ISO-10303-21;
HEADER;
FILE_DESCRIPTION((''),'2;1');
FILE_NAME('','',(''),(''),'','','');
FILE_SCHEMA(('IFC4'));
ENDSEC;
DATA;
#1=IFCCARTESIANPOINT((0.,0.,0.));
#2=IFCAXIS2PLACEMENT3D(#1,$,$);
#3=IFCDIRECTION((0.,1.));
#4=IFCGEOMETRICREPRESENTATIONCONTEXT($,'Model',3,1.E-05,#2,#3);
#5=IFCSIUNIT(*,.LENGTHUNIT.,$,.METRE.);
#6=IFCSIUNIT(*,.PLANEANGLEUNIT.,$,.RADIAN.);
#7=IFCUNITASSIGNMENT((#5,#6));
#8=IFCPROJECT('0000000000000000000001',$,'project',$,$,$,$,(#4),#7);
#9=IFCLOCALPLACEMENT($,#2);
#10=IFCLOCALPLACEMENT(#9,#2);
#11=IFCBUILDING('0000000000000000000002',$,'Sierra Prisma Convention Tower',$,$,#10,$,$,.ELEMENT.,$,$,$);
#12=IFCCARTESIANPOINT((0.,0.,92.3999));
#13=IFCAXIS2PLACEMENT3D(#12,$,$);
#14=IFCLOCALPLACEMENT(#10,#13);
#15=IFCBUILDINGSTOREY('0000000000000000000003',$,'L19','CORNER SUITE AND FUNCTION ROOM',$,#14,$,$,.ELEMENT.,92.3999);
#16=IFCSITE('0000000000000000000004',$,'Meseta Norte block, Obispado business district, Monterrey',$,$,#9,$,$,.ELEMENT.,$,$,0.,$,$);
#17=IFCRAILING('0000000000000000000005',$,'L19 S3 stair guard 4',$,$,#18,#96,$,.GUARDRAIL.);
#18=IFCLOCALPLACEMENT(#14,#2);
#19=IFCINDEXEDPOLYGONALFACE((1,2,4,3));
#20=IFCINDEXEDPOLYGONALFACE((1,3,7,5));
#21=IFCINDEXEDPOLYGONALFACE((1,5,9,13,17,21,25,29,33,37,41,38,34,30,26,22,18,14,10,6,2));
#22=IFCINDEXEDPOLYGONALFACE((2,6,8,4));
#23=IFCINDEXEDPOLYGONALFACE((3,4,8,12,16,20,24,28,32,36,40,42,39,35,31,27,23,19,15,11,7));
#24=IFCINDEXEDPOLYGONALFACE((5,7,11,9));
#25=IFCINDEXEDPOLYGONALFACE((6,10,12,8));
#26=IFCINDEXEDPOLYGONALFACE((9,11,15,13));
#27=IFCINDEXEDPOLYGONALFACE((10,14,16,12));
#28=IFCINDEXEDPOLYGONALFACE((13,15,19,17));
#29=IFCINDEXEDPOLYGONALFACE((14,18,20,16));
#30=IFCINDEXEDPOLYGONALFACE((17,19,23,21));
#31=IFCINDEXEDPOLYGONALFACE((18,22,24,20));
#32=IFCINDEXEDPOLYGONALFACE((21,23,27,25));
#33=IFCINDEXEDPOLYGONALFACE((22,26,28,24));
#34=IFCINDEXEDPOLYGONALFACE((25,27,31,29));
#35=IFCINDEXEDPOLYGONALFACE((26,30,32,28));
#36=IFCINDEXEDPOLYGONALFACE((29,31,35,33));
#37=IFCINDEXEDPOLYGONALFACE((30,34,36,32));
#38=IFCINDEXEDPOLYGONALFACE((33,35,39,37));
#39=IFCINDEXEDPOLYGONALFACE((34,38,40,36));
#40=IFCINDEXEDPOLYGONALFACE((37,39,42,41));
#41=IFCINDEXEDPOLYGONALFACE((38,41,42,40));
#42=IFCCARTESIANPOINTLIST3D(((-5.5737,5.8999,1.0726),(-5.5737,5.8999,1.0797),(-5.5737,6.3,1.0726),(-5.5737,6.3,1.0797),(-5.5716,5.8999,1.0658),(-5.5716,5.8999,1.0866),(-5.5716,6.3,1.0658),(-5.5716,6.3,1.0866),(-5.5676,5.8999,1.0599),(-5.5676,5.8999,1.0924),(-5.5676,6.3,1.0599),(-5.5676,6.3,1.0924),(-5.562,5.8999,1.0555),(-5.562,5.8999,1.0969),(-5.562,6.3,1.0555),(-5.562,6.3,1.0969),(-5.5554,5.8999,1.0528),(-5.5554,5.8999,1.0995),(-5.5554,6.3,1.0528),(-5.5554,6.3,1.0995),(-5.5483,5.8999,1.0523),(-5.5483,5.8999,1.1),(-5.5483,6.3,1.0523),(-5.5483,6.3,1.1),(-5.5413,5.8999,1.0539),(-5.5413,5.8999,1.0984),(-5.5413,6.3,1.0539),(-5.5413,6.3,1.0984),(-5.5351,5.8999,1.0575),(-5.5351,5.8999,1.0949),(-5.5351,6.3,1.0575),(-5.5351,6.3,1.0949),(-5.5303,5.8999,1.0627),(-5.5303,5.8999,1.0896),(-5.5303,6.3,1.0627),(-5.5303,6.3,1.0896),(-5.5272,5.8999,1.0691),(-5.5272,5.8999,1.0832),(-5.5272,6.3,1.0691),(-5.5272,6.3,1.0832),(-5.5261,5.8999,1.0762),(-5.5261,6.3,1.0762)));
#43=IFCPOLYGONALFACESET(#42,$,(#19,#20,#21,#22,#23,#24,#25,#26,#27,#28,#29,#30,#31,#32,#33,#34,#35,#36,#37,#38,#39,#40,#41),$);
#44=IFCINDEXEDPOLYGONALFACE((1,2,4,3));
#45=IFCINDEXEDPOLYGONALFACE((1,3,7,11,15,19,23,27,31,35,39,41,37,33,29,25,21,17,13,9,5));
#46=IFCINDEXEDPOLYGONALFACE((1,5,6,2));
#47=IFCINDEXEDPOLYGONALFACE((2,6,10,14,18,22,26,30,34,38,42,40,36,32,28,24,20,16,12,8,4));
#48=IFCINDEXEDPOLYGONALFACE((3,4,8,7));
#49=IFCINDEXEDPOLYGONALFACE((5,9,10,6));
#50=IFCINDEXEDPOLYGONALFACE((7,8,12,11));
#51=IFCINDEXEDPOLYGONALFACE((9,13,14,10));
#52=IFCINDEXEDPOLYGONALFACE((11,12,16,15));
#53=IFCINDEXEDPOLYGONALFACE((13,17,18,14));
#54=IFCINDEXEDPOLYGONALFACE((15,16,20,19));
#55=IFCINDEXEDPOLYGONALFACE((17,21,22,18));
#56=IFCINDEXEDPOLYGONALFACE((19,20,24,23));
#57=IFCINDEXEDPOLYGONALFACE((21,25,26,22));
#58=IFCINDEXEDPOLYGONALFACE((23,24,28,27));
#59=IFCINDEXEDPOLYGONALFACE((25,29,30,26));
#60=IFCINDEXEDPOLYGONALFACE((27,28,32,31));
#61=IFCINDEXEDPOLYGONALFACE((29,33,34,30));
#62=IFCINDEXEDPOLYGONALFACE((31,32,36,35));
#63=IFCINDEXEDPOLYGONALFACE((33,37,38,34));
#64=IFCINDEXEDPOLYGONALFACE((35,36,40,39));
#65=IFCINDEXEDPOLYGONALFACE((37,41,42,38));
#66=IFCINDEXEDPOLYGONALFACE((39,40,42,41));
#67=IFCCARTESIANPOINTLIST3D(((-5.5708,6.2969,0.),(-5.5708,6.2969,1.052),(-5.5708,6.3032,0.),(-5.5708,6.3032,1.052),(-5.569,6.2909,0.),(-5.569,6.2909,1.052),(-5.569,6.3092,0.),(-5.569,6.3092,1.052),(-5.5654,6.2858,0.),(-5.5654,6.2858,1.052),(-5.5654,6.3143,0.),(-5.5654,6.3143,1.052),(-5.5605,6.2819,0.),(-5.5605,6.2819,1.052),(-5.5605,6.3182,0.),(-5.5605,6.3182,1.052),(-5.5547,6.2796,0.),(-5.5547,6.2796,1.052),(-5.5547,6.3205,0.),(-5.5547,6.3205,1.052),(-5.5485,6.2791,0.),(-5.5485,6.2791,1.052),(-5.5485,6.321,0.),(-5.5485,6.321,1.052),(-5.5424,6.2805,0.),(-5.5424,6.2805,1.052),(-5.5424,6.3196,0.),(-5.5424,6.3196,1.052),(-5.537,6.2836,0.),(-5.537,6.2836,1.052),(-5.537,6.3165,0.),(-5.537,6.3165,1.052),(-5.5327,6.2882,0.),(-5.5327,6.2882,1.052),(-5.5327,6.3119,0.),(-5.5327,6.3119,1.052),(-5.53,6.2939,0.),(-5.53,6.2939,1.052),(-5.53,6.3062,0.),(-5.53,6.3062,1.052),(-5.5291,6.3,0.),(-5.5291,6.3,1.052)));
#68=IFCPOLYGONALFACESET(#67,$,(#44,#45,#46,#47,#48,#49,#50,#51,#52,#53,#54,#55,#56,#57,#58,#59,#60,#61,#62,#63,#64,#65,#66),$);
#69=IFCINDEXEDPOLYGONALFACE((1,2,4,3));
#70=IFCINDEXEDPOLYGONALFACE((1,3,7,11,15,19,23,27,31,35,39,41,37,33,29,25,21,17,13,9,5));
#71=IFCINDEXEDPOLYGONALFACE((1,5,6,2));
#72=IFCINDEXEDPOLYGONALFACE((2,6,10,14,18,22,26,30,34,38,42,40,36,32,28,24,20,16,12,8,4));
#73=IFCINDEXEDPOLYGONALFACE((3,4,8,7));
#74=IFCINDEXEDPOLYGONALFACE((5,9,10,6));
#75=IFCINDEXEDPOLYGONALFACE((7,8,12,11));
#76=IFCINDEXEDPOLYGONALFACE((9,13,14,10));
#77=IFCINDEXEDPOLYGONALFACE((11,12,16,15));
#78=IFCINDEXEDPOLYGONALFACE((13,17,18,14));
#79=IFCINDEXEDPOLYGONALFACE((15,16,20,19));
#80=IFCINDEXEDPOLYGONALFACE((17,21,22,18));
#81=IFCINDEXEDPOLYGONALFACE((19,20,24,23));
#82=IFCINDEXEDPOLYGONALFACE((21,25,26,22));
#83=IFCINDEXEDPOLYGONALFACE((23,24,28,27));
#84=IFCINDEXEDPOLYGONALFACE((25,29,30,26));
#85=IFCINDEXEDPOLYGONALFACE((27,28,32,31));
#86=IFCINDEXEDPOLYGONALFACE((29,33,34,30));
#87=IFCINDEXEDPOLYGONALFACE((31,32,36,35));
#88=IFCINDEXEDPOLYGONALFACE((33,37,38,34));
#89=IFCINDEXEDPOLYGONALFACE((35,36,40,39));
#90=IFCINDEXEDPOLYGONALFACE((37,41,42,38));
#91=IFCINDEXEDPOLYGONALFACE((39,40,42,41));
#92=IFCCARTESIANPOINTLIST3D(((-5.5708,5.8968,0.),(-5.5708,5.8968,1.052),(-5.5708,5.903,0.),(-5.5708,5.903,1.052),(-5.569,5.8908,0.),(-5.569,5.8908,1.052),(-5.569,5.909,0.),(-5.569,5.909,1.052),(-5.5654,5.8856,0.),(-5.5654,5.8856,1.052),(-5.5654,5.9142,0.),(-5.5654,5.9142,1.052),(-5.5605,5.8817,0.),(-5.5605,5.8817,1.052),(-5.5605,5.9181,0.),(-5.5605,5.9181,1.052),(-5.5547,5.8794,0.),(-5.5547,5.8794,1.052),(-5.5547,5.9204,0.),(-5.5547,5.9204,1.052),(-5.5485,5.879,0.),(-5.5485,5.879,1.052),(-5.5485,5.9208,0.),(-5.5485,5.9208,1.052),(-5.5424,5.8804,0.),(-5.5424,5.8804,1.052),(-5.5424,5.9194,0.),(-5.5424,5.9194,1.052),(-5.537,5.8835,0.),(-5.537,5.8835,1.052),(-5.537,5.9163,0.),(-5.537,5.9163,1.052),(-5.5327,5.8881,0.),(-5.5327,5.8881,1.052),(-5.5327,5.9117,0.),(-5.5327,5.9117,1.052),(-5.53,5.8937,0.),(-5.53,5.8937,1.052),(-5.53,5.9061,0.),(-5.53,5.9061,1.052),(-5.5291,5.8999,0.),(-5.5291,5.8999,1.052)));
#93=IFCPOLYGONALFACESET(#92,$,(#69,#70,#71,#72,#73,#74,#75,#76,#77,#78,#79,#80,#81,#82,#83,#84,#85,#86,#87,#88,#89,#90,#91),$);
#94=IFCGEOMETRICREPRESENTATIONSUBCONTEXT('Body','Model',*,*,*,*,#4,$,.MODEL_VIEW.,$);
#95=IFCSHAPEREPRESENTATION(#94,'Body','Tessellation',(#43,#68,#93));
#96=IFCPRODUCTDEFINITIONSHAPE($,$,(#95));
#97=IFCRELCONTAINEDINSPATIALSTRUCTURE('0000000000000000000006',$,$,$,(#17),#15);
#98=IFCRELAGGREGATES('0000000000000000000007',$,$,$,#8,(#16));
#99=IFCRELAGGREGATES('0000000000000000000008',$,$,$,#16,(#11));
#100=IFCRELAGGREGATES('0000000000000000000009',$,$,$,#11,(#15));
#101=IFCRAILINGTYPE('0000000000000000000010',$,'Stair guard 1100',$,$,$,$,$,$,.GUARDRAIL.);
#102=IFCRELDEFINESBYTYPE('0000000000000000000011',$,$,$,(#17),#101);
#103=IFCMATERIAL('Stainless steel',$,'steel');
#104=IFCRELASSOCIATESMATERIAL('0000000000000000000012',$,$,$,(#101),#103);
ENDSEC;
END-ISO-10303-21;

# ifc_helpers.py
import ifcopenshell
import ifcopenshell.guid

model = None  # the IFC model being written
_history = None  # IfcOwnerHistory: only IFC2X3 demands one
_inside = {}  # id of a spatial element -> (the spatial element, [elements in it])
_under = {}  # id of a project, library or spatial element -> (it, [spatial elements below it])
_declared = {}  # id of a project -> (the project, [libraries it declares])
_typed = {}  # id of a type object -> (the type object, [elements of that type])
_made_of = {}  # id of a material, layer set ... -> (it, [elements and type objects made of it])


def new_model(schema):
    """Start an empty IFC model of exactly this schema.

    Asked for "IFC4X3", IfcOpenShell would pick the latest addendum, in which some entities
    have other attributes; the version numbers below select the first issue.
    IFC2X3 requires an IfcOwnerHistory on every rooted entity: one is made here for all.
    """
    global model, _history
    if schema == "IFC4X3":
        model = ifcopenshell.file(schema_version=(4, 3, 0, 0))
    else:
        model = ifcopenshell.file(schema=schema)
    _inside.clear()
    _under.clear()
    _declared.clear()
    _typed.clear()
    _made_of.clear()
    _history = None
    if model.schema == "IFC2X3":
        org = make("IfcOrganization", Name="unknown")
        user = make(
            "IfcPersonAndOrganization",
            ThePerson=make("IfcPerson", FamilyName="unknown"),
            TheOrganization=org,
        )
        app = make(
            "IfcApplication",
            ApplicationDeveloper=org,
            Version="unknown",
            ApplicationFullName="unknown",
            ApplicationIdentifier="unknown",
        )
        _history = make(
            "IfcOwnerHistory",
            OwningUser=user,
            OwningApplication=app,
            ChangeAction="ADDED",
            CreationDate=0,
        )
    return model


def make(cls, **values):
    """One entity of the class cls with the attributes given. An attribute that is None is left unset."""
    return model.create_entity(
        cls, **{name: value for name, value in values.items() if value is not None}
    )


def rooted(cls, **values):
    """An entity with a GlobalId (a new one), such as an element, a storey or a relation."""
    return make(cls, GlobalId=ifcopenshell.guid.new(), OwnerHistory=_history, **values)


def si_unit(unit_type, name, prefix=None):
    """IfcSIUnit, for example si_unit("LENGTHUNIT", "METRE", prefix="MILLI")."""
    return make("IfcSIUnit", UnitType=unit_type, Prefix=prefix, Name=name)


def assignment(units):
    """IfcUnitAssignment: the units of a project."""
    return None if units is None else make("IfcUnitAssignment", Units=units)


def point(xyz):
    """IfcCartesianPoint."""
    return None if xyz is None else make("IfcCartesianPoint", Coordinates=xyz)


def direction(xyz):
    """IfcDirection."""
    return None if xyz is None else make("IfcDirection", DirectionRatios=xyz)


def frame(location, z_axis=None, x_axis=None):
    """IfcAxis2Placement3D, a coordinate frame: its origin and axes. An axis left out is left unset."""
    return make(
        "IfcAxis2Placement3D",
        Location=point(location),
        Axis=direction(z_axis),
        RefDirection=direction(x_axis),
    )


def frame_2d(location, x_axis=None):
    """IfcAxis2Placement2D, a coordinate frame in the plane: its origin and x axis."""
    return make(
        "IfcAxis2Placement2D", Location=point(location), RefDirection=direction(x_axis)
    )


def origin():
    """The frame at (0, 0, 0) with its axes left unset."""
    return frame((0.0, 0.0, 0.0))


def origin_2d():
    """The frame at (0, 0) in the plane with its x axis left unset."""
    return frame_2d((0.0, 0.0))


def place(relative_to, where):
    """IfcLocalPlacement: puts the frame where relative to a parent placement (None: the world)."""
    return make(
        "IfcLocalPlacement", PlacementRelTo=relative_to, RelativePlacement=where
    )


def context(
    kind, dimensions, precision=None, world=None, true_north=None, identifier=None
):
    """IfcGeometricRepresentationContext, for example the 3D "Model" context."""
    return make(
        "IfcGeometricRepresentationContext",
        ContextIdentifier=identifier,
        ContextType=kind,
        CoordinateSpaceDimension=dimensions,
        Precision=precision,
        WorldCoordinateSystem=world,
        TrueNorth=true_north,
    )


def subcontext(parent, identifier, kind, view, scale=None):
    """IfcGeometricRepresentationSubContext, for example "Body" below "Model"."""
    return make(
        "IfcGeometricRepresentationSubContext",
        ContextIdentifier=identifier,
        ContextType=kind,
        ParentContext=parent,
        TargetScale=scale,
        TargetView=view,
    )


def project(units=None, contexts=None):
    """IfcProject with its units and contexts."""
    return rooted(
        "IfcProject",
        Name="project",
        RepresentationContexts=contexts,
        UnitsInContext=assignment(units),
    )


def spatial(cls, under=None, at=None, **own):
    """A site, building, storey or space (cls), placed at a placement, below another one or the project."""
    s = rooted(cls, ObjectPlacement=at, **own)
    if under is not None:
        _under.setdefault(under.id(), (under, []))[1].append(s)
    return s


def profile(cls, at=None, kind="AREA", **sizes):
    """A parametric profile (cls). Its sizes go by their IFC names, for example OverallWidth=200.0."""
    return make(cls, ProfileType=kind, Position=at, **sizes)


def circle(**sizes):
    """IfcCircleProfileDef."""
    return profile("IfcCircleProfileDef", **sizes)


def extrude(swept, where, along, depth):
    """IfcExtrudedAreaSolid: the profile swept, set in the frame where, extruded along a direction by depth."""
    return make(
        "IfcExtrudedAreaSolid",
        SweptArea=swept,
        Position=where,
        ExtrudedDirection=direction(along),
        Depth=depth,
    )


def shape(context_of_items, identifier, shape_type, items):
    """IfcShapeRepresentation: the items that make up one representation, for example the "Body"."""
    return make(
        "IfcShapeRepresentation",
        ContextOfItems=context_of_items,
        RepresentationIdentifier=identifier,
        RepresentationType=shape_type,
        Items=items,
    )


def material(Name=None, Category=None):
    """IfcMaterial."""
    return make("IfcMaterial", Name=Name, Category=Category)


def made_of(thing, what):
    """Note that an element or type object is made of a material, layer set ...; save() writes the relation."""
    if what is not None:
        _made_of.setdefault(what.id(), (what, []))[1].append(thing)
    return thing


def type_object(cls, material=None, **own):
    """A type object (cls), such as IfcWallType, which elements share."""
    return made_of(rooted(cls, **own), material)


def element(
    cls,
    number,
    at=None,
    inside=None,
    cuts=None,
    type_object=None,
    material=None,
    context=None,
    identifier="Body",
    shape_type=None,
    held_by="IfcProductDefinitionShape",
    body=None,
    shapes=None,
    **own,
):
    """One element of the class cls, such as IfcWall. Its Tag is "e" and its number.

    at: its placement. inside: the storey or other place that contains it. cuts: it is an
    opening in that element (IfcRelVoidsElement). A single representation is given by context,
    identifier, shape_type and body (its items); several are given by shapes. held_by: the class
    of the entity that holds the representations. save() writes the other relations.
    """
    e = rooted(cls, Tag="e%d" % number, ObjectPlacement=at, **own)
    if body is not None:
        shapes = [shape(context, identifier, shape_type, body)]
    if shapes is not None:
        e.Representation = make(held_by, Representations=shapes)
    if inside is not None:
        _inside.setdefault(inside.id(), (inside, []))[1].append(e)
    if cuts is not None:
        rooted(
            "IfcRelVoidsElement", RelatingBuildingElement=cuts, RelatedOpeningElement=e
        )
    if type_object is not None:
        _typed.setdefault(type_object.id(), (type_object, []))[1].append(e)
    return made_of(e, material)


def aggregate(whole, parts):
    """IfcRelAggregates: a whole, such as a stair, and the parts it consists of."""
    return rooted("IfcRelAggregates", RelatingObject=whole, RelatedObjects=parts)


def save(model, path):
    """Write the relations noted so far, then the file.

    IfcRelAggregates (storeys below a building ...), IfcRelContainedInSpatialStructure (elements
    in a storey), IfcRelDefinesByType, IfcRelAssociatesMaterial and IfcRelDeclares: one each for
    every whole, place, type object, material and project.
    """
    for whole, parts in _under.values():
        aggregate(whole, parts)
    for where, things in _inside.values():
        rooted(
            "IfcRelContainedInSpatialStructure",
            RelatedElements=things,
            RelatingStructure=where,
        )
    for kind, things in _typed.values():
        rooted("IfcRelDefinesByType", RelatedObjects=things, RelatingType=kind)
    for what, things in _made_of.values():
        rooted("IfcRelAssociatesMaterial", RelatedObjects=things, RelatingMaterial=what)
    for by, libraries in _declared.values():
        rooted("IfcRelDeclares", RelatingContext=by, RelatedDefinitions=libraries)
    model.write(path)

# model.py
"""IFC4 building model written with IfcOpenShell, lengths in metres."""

from ifc_helpers import new_model, si_unit, direction, frame, origin, origin_2d, place, context, subcontext, project, spatial, circle, extrude, material, type_object, element, save


model = new_model("IFC4")

# Units and contexts
model_context = context("Model", 3, precision=1e-05, world=origin(), true_north=direction((0.0, 1.0)))
body_context = subcontext(model_context, "Body", "Model", "MODEL_VIEW")
ifc_project = project(units=[si_unit("LENGTHUNIT", "METRE"), si_unit("PLANEANGLEUNIT", "RADIAN")], contexts=[model_context])

# Site, building, storey
site_placement = place(None, origin())
site = spatial("IfcSite", under=ifc_project, at=site_placement, Name="Meseta Norte block, Obispado business district, Monterrey", CompositionType="ELEMENT", RefElevation=0.0)
building_placement = place(site_placement, origin())
building = spatial("IfcBuilding", under=site, at=building_placement, Name="Sierra Prisma Convention Tower", CompositionType="ELEMENT")
storey_placement = place(building_placement, frame((0.0, 0.0, 92.3999)))
storey = spatial("IfcBuildingStorey", under=building, at=storey_placement, Name="L19", Description="CORNER SUITE AND FUNCTION ROOM", CompositionType="ELEMENT", Elevation=92.3999)

# Railing
ifc_material_1 = material(Name="Stainless steel", Category="steel")
railing_type_1 = type_object("IfcRailingType", Name="Stair guard 1100", PredefinedType="GUARDRAIL", material=ifc_material_1)
railing_1_placement = place(storey_placement, frame((-5.55, 6.3, 0.0)))
element("IfcRailing", 1, at=railing_1_placement, inside=storey, type_object=railing_type_1, Name="L19 S3 stair guard 4", PredefinedType="GUARDRAIL", context=body_context, shape_type="SweptSolid", body=[
    extrude(circle(Radius=0.0239, at=origin_2d()), frame((0.0, 0.0, 1.0762), z_axis=(0.0, -1.0, 0.0), x_axis=(1.0, 0.0, 0.0)), (0.0, 0.0, 1.0), 0.4001),
    extrude(circle(Radius=0.021, at=origin_2d()), origin(), (0.0, 0.0, 1.0), 1.052),
    extrude(circle(Radius=0.021, at=origin_2d()), frame((0.0, -0.4001, 0.0)), (0.0, 0.0, 1.0), 1.052),
])

save(model, "model.ifc")
